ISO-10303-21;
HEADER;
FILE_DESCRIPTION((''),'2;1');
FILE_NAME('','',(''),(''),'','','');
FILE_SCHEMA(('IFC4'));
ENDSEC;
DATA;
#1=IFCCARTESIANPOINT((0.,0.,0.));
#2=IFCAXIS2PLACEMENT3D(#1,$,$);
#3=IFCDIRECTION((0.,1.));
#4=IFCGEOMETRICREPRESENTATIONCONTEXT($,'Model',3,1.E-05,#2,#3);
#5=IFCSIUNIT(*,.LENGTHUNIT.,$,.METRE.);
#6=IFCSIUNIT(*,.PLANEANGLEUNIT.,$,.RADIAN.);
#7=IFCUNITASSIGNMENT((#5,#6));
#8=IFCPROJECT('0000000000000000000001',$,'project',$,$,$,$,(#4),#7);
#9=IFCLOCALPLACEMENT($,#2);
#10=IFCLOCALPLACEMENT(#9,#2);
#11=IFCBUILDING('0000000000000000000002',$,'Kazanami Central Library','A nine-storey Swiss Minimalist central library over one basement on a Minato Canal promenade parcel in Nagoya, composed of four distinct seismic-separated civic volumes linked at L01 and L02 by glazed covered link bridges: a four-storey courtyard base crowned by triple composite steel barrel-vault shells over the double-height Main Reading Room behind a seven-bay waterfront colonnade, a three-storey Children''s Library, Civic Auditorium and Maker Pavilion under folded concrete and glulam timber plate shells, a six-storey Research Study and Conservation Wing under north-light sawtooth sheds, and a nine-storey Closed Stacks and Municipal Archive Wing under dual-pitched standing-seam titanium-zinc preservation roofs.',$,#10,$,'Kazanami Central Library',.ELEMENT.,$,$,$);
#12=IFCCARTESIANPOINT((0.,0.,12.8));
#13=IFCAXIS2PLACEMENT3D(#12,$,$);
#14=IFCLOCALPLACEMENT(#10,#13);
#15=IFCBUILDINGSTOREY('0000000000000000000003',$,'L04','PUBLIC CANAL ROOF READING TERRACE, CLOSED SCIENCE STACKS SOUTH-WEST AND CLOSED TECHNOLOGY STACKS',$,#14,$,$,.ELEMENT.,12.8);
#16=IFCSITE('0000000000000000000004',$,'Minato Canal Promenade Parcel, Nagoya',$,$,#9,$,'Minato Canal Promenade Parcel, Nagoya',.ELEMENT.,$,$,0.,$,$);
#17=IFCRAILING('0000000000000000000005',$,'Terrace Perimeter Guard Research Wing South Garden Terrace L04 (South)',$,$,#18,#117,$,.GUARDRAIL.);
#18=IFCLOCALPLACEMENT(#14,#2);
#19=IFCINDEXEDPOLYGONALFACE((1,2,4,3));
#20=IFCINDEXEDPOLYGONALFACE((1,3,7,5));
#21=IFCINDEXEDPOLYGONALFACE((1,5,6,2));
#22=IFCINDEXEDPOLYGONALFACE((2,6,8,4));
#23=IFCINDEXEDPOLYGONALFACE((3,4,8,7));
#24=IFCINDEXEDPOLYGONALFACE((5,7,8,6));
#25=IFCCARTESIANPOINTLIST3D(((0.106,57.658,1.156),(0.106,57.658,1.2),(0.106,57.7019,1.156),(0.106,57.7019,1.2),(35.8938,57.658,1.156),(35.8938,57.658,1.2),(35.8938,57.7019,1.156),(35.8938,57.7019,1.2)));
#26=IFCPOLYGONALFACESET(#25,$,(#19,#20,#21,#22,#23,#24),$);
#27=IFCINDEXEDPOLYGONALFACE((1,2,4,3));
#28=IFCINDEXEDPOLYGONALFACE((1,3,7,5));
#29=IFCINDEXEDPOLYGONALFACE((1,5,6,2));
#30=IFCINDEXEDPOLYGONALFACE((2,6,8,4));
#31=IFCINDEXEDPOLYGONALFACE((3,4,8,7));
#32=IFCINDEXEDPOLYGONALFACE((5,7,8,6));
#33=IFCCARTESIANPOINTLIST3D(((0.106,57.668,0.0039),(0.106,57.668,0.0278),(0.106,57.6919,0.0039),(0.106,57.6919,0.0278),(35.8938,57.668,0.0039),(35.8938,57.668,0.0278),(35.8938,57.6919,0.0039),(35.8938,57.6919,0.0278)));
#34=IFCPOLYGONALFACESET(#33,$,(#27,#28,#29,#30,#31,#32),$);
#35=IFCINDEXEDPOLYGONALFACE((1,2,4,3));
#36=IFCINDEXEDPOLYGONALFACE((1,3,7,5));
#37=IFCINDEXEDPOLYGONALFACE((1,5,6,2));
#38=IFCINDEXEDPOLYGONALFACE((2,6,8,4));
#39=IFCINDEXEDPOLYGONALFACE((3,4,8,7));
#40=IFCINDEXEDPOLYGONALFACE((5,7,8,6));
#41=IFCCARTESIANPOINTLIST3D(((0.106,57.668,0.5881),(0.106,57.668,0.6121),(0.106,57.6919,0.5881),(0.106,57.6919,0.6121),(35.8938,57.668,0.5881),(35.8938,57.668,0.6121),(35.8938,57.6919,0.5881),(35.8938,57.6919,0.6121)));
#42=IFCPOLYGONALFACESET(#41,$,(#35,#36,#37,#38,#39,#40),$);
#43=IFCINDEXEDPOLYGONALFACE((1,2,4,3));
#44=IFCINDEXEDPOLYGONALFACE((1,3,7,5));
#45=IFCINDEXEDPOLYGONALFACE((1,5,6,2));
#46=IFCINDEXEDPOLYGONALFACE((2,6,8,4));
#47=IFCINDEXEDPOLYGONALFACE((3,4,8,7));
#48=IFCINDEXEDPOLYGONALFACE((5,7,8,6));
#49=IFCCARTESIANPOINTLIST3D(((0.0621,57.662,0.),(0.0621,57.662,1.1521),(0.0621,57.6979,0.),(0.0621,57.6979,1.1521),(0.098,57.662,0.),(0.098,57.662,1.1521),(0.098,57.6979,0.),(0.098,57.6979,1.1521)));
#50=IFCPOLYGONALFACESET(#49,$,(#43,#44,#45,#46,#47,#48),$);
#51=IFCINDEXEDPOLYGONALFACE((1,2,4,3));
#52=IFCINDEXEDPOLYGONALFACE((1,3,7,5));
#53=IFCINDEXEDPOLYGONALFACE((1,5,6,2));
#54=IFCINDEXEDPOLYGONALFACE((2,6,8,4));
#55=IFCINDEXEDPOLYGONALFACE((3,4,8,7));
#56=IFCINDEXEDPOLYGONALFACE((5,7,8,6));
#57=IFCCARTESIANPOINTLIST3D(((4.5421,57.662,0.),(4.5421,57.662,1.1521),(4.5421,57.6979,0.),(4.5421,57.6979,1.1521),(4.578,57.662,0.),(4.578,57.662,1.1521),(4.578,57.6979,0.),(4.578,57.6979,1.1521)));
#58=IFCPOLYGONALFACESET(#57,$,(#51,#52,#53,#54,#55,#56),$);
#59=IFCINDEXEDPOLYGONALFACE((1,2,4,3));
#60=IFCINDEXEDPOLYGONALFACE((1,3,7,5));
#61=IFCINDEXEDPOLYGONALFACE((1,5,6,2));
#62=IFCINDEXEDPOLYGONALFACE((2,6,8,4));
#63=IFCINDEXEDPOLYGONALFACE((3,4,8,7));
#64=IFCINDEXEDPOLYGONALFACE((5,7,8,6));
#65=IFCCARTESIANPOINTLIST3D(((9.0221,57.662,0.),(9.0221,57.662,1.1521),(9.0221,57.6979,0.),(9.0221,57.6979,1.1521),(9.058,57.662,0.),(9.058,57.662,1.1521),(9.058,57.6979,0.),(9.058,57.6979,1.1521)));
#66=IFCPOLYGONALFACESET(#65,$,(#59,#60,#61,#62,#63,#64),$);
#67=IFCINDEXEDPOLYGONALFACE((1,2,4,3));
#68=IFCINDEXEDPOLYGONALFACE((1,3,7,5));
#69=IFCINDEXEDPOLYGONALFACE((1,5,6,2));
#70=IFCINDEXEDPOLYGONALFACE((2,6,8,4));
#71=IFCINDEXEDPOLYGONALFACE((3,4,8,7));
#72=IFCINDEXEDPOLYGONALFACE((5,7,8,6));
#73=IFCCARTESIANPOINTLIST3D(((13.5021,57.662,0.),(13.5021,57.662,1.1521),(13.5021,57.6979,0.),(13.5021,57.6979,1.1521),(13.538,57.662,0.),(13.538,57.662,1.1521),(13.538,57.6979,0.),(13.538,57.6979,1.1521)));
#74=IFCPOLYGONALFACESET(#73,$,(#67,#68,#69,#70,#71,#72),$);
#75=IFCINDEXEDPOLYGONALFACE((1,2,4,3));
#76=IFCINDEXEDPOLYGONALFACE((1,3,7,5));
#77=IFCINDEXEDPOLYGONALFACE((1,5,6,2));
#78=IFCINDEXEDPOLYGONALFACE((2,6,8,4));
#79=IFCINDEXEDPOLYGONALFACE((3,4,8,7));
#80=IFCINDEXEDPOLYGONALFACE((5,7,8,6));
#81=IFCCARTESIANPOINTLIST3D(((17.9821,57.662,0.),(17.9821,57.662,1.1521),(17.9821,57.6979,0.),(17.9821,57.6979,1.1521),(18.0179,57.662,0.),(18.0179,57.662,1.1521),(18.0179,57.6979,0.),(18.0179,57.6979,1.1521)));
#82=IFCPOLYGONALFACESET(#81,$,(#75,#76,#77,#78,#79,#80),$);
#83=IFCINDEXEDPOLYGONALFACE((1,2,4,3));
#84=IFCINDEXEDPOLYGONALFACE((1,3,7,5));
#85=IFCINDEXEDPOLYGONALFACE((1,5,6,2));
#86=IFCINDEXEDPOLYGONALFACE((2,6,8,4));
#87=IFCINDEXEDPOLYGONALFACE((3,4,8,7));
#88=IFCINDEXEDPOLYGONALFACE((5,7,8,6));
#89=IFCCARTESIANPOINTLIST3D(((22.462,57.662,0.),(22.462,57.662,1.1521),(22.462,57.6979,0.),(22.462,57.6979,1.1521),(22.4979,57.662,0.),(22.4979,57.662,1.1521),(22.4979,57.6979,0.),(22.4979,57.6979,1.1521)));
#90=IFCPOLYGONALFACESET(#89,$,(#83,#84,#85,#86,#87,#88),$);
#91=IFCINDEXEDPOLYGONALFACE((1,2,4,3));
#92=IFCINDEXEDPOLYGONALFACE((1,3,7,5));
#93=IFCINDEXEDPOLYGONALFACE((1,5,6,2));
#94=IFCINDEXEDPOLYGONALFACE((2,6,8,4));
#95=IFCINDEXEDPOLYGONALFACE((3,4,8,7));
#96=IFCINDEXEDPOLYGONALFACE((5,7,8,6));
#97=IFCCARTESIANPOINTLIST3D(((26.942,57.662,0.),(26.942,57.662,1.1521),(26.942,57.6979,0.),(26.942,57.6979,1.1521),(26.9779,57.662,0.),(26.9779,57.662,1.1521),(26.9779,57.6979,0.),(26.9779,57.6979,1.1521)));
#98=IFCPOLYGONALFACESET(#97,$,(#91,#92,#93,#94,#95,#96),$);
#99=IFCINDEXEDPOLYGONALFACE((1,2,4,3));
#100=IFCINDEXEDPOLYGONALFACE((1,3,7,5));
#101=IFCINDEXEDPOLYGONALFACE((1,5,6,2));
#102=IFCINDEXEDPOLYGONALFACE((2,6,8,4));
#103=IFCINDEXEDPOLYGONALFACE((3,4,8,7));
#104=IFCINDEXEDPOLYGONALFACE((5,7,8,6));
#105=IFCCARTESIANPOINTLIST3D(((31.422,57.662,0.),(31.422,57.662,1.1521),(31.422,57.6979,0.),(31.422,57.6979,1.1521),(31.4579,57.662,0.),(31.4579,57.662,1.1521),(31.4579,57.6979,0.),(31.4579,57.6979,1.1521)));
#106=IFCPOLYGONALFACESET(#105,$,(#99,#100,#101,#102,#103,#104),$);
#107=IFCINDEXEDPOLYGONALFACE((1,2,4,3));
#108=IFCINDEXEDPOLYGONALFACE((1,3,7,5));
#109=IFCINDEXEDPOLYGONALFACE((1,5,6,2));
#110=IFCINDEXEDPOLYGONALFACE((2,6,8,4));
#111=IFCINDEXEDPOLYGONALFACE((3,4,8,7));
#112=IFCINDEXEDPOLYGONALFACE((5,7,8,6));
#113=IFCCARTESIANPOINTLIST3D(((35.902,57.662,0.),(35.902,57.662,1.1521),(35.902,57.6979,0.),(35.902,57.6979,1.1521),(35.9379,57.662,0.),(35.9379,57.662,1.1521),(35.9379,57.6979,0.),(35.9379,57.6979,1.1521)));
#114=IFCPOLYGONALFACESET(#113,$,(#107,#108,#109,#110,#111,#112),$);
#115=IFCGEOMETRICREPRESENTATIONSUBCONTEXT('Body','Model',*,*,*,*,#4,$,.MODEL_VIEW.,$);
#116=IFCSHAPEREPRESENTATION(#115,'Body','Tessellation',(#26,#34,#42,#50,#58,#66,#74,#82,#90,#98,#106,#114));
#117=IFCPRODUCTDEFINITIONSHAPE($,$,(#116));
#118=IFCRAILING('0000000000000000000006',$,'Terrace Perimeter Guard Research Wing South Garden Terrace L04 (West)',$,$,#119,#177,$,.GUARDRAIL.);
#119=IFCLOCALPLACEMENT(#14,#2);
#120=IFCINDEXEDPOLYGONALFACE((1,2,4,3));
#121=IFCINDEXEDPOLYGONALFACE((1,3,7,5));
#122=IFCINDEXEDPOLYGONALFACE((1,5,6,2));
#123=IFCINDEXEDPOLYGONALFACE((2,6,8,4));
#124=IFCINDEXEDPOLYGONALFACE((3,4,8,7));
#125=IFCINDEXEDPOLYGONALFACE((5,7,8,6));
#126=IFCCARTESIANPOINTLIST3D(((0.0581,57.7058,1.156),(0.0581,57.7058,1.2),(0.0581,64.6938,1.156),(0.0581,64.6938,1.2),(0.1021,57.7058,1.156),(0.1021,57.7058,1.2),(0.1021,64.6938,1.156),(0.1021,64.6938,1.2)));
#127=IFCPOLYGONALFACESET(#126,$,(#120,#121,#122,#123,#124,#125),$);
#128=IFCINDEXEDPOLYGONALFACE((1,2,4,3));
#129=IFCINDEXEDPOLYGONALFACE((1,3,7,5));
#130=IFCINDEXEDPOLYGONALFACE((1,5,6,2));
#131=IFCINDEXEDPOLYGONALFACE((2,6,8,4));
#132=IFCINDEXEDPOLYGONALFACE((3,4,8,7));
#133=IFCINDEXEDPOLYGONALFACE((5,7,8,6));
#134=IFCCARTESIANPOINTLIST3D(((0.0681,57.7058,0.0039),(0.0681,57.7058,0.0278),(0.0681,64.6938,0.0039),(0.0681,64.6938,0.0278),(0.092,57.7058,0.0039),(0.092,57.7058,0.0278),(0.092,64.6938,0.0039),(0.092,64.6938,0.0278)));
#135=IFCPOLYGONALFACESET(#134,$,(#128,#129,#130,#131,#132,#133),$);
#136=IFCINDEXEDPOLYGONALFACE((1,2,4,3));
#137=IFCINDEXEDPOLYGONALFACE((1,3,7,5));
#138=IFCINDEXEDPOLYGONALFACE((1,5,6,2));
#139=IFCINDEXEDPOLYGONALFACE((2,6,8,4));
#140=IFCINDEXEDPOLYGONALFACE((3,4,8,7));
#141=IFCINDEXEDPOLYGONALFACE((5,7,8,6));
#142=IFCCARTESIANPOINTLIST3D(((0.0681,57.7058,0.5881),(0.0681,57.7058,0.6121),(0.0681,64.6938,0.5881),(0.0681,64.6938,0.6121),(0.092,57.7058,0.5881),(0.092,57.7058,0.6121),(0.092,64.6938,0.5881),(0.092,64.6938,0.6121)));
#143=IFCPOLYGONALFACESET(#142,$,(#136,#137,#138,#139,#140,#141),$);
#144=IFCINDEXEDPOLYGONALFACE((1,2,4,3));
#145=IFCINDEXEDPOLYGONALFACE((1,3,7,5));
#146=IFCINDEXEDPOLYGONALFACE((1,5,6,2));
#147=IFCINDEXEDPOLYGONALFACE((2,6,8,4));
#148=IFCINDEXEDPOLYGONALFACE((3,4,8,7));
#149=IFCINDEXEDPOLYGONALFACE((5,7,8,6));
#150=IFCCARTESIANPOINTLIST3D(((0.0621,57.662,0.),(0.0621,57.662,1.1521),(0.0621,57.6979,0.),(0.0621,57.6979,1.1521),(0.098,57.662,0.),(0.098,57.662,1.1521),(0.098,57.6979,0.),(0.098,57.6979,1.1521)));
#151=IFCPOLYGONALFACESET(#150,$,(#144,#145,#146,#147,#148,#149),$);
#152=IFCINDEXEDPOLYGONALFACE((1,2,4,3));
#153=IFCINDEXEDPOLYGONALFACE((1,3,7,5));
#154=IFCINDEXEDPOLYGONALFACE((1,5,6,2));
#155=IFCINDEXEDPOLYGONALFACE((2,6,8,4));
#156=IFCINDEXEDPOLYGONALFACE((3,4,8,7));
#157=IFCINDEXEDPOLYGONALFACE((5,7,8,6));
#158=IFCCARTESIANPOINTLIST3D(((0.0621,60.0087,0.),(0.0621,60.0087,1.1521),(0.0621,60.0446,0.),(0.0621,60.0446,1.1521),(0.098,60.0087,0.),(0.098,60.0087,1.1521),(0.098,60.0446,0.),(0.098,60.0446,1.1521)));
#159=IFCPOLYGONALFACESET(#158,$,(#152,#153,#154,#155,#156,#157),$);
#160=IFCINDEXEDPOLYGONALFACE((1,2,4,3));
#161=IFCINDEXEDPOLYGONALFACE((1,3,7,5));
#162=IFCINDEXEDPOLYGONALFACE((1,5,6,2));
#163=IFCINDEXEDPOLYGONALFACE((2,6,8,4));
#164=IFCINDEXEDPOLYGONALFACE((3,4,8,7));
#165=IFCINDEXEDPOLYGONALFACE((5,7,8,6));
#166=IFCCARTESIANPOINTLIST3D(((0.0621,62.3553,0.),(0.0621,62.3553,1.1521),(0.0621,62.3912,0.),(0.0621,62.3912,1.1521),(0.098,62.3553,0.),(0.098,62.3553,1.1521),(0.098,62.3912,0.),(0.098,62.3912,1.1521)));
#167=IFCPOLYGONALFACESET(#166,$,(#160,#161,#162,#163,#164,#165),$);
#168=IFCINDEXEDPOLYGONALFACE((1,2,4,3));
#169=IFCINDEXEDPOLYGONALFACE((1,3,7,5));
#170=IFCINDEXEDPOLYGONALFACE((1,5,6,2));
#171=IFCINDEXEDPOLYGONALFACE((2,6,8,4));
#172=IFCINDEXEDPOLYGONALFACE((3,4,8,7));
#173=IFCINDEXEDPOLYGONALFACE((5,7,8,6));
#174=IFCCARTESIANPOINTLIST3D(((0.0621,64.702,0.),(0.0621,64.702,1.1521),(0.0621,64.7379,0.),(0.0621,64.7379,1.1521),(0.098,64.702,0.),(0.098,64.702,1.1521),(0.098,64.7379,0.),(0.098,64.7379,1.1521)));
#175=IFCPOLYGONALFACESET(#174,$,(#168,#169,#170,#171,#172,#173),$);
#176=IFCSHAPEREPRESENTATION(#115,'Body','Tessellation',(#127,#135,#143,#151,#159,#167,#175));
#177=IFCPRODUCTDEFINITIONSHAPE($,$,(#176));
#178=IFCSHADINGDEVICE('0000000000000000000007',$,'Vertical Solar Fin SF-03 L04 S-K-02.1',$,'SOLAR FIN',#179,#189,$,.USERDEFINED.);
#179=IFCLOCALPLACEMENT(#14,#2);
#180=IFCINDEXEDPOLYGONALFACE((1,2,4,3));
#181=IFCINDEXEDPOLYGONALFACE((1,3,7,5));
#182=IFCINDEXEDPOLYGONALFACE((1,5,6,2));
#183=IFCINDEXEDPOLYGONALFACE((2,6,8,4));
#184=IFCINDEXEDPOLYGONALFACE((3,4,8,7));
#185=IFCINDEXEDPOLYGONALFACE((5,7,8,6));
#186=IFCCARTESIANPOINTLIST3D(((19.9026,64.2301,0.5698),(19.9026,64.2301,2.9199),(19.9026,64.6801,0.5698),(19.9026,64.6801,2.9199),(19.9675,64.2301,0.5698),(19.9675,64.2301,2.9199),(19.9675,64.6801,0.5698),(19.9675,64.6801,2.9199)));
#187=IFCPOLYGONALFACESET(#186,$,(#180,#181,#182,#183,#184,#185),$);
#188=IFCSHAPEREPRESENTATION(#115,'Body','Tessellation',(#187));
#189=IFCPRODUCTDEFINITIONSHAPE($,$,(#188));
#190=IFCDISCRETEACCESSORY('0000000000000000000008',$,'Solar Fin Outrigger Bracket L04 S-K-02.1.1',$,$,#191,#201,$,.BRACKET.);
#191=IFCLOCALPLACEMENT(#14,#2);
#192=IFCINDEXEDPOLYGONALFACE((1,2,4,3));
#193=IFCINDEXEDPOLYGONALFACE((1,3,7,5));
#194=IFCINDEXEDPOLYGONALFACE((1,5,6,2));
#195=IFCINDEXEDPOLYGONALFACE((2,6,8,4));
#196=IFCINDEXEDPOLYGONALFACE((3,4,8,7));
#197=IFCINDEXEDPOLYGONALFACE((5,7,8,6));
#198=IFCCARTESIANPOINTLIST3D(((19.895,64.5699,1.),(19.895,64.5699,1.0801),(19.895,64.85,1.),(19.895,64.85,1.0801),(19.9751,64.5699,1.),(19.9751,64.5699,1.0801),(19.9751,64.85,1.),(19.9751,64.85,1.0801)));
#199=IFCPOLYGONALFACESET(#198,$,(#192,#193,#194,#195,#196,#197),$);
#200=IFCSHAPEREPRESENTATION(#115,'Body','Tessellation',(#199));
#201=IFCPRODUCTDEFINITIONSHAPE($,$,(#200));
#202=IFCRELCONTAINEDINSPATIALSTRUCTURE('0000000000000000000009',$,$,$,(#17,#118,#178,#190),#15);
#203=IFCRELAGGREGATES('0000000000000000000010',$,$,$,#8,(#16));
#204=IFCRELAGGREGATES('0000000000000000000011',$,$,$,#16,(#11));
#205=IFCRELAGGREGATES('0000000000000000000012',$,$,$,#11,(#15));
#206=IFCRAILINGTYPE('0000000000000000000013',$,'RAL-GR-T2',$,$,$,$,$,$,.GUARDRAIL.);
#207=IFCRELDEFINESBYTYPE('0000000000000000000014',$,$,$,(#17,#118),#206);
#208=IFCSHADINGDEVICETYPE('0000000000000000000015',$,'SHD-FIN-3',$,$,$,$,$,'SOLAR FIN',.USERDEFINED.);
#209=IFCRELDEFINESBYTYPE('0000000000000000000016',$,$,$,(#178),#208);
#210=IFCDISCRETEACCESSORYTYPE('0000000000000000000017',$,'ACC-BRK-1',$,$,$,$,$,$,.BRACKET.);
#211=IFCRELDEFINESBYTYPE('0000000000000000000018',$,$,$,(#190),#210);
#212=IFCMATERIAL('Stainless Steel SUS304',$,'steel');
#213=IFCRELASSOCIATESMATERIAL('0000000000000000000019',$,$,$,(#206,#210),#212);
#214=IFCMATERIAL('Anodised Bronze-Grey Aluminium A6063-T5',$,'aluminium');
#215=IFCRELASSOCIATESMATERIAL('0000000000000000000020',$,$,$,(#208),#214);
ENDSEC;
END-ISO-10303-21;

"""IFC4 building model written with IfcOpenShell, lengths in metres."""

from ifc_helpers import new_model, si_unit, direction, frame, origin, origin_2d, place, context, subcontext, project, spatial, rectangle, extrude, material, type_object, element, save


model = new_model("IFC4")

# Units and contexts
model_context = context("Model", 3, precision=1e-05, world=origin(), true_north=direction((0.0, 1.0)))
body_context = subcontext(model_context, "Body", "Model", "MODEL_VIEW")
ifc_project = project(units=[si_unit("LENGTHUNIT", "METRE"), si_unit("PLANEANGLEUNIT", "RADIAN")], contexts=[model_context])

# Site, building, storey
site_placement = place(None, origin())
site = spatial("IfcSite", under=ifc_project, at=site_placement, Name="Minato Canal Promenade Parcel, Nagoya", LongName="Minato Canal Promenade Parcel, Nagoya", CompositionType="ELEMENT", RefElevation=0.0)
building_placement = place(site_placement, origin())
building = spatial("IfcBuilding", under=site, at=building_placement, Name="Kazanami Central Library", Description="A nine-storey Swiss Minimalist central library over one basement on a Minato Canal promenade parcel in Nagoya, composed of four distinct seismic-separated civic volumes linked at L01 and L02 by glazed covered link bridges: a four-storey courtyard base crowned by triple composite steel barrel-vault shells over the double-height Main Reading Room behind a seven-bay waterfront colonnade, a three-storey Children's Library, Civic Auditorium and Maker Pavilion under folded concrete and glulam timber plate shells, a six-storey Research Study and Conservation Wing under north-light sawtooth sheds, and a nine-storey Closed Stacks and Municipal Archive Wing under dual-pitched standing-seam titanium-zinc preservation roofs.", LongName="Kazanami Central Library", CompositionType="ELEMENT")
storey_placement = place(building_placement, frame((0.0, 0.0, 12.8)))
storey = spatial("IfcBuildingStorey", under=building, at=storey_placement, Name="L04", Description="PUBLIC CANAL ROOF READING TERRACE, CLOSED SCIENCE STACKS SOUTH-WEST AND CLOSED TECHNOLOGY STACKS", CompositionType="ELEMENT", Elevation=12.8)

# Railings
ifc_material_1 = material(Name="Stainless Steel SUS304", Category="steel")
railing_type = type_object("IfcRailingType", Name="RAL-GR-T2", PredefinedType="GUARDRAIL", material=ifc_material_1)
railing_1_placement = place(storey_placement, frame((0.0801, 57.6799, 0.0)))
element("IfcRailing", 1, at=railing_1_placement, inside=storey, type_object=railing_type, Name="Terrace Perimeter Guard Research Wing South Garden Terrace L04 (South)", PredefinedType="GUARDRAIL", context=body_context, shape_type="SweptSolid", body=[
    extrude(rectangle(XDim=0.0439, YDim=0.0439, at=origin_2d()), frame((0.0259, 0.0, 1.178), z_axis=(1.0, 0.0, 0.0), x_axis=(0.0, 1.0, 0.0)), (0.0, 0.0, 1.0), 35.7878),
    extrude(rectangle(XDim=0.0239, YDim=0.0239, at=origin_2d()), frame((0.0259, 0.0, 0.0159), z_axis=(1.0, 0.0, 0.0), x_axis=(0.0, 1.0, 0.0)), (0.0, 0.0, 1.0), 35.7878),
    extrude(rectangle(XDim=0.0239, YDim=0.0239, at=origin_2d()), frame((0.0259, 0.0, 0.6001), z_axis=(1.0, 0.0, 0.0), x_axis=(0.0, 1.0, 0.0)), (0.0, 0.0, 1.0), 35.7878),
    extrude(rectangle(XDim=0.0359, YDim=0.0359, at=origin_2d()), origin(), (0.0, 0.0, 1.0), 1.1521),
    extrude(rectangle(XDim=0.0359, YDim=0.0359, at=origin_2d()), frame((4.48, 0.0, 0.0)), (0.0, 0.0, 1.0), 1.1521),
    extrude(rectangle(XDim=0.0359, YDim=0.0359, at=origin_2d()), frame((8.96, 0.0, 0.0)), (0.0, 0.0, 1.0), 1.1521),
    extrude(rectangle(XDim=0.0359, YDim=0.0359, at=origin_2d()), frame((13.4399, 0.0, 0.0)), (0.0, 0.0, 1.0), 1.1521),
    extrude(rectangle(XDim=0.0359, YDim=0.0359, at=origin_2d()), frame((17.9199, 0.0, 0.0)), (0.0, 0.0, 1.0), 1.1521),
    extrude(rectangle(XDim=0.0359, YDim=0.0359, at=origin_2d()), frame((22.3999, 0.0, 0.0)), (0.0, 0.0, 1.0), 1.1521),
    extrude(rectangle(XDim=0.0359, YDim=0.0359, at=origin_2d()), frame((26.8799, 0.0, 0.0)), (0.0, 0.0, 1.0), 1.1521),
    extrude(rectangle(XDim=0.0359, YDim=0.0359, at=origin_2d()), frame((31.3599, 0.0, 0.0)), (0.0, 0.0, 1.0), 1.1521),
    extrude(rectangle(XDim=0.0359, YDim=0.0359, at=origin_2d()), frame((35.8398, 0.0, 0.0)), (0.0, 0.0, 1.0), 1.1521),
])
railing_2_placement = place(storey_placement, frame((0.0801, 57.6799, 0.0)))
element("IfcRailing", 2, at=railing_2_placement, inside=storey, type_object=railing_type, Name="Terrace Perimeter Guard Research Wing South Garden Terrace L04 (West)", PredefinedType="GUARDRAIL", context=body_context, shape_type="SweptSolid", body=[
    extrude(rectangle(XDim=0.0439, YDim=0.0439, at=origin_2d()), frame((0.0, 0.0259, 1.178), z_axis=(0.0, 1.0, 0.0), x_axis=(-1.0, 0.0, 0.0)), (0.0, 0.0, 1.0), 6.988),
    extrude(rectangle(XDim=0.0239, YDim=0.0239, at=origin_2d()), frame((0.0, 0.0259, 0.0159), z_axis=(0.0, 1.0, 0.0), x_axis=(-1.0, 0.0, 0.0)), (0.0, 0.0, 1.0), 6.988),
    extrude(rectangle(XDim=0.0239, YDim=0.0239, at=origin_2d()), frame((0.0, 0.0259, 0.6001), z_axis=(0.0, 1.0, 0.0), x_axis=(-1.0, 0.0, 0.0)), (0.0, 0.0, 1.0), 6.988),
    extrude(rectangle(XDim=0.0359, YDim=0.0359, at=origin_2d()), origin(), (0.0, 0.0, 1.0), 1.1521),
    extrude(rectangle(XDim=0.0359, YDim=0.0359, at=origin_2d()), frame((0.0, 2.3467, 0.0)), (0.0, 0.0, 1.0), 1.1521),
    extrude(rectangle(XDim=0.0359, YDim=0.0359, at=origin_2d()), frame((0.0, 4.6934, 0.0)), (0.0, 0.0, 1.0), 1.1521),
    extrude(rectangle(XDim=0.0359, YDim=0.0359, at=origin_2d()), frame((0.0, 7.04, 0.0)), (0.0, 0.0, 1.0), 1.1521),
])

# Shading device
ifc_material_2 = material(Name="Anodised Bronze-Grey Aluminium A6063-T5", Category="aluminium")
shading_device_type = type_object("IfcShadingDeviceType", Name="SHD-FIN-3", ElementType="SOLAR FIN", PredefinedType="USERDEFINED", material=ifc_material_2)
shading_device_placement = place(storey_placement, frame((19.9351, 64.4551, 0.5698), z_axis=(0.0, 0.0, 1.0), x_axis=(1.0, 0.0, 0.0)))
element("IfcShadingDevice", 3, at=shading_device_placement, inside=storey, type_object=shading_device_type, Name="Vertical Solar Fin SF-03 L04 S-K-02.1", ObjectType="SOLAR FIN", PredefinedType="USERDEFINED", context=body_context, shape_type="SweptSolid", body=[
    extrude(rectangle(XDim=0.0649, YDim=0.45, at=origin_2d()), origin(), (0.0, 0.0, 1.0), 2.3501),
])

# Discrete accessory
discrete_accessory_type = type_object("IfcDiscreteAccessoryType", Name="ACC-BRK-1", PredefinedType="BRACKET", material=ifc_material_1)
discrete_accessory_placement = place(storey_placement, frame((19.9351, 64.71, 1.0), z_axis=(0.0, 0.0, 1.0), x_axis=(1.0, 0.0, 0.0)))
element("IfcDiscreteAccessory", 4, at=discrete_accessory_placement, inside=storey, type_object=discrete_accessory_type, Name="Solar Fin Outrigger Bracket L04 S-K-02.1.1", PredefinedType="BRACKET", context=body_context, shape_type="SweptSolid", body=[
    extrude(rectangle(XDim=0.0801, YDim=0.28, at=origin_2d()), origin(), (0.0, 0.0, 1.0), 0.0801),
])

save(model, "model.ifc")
